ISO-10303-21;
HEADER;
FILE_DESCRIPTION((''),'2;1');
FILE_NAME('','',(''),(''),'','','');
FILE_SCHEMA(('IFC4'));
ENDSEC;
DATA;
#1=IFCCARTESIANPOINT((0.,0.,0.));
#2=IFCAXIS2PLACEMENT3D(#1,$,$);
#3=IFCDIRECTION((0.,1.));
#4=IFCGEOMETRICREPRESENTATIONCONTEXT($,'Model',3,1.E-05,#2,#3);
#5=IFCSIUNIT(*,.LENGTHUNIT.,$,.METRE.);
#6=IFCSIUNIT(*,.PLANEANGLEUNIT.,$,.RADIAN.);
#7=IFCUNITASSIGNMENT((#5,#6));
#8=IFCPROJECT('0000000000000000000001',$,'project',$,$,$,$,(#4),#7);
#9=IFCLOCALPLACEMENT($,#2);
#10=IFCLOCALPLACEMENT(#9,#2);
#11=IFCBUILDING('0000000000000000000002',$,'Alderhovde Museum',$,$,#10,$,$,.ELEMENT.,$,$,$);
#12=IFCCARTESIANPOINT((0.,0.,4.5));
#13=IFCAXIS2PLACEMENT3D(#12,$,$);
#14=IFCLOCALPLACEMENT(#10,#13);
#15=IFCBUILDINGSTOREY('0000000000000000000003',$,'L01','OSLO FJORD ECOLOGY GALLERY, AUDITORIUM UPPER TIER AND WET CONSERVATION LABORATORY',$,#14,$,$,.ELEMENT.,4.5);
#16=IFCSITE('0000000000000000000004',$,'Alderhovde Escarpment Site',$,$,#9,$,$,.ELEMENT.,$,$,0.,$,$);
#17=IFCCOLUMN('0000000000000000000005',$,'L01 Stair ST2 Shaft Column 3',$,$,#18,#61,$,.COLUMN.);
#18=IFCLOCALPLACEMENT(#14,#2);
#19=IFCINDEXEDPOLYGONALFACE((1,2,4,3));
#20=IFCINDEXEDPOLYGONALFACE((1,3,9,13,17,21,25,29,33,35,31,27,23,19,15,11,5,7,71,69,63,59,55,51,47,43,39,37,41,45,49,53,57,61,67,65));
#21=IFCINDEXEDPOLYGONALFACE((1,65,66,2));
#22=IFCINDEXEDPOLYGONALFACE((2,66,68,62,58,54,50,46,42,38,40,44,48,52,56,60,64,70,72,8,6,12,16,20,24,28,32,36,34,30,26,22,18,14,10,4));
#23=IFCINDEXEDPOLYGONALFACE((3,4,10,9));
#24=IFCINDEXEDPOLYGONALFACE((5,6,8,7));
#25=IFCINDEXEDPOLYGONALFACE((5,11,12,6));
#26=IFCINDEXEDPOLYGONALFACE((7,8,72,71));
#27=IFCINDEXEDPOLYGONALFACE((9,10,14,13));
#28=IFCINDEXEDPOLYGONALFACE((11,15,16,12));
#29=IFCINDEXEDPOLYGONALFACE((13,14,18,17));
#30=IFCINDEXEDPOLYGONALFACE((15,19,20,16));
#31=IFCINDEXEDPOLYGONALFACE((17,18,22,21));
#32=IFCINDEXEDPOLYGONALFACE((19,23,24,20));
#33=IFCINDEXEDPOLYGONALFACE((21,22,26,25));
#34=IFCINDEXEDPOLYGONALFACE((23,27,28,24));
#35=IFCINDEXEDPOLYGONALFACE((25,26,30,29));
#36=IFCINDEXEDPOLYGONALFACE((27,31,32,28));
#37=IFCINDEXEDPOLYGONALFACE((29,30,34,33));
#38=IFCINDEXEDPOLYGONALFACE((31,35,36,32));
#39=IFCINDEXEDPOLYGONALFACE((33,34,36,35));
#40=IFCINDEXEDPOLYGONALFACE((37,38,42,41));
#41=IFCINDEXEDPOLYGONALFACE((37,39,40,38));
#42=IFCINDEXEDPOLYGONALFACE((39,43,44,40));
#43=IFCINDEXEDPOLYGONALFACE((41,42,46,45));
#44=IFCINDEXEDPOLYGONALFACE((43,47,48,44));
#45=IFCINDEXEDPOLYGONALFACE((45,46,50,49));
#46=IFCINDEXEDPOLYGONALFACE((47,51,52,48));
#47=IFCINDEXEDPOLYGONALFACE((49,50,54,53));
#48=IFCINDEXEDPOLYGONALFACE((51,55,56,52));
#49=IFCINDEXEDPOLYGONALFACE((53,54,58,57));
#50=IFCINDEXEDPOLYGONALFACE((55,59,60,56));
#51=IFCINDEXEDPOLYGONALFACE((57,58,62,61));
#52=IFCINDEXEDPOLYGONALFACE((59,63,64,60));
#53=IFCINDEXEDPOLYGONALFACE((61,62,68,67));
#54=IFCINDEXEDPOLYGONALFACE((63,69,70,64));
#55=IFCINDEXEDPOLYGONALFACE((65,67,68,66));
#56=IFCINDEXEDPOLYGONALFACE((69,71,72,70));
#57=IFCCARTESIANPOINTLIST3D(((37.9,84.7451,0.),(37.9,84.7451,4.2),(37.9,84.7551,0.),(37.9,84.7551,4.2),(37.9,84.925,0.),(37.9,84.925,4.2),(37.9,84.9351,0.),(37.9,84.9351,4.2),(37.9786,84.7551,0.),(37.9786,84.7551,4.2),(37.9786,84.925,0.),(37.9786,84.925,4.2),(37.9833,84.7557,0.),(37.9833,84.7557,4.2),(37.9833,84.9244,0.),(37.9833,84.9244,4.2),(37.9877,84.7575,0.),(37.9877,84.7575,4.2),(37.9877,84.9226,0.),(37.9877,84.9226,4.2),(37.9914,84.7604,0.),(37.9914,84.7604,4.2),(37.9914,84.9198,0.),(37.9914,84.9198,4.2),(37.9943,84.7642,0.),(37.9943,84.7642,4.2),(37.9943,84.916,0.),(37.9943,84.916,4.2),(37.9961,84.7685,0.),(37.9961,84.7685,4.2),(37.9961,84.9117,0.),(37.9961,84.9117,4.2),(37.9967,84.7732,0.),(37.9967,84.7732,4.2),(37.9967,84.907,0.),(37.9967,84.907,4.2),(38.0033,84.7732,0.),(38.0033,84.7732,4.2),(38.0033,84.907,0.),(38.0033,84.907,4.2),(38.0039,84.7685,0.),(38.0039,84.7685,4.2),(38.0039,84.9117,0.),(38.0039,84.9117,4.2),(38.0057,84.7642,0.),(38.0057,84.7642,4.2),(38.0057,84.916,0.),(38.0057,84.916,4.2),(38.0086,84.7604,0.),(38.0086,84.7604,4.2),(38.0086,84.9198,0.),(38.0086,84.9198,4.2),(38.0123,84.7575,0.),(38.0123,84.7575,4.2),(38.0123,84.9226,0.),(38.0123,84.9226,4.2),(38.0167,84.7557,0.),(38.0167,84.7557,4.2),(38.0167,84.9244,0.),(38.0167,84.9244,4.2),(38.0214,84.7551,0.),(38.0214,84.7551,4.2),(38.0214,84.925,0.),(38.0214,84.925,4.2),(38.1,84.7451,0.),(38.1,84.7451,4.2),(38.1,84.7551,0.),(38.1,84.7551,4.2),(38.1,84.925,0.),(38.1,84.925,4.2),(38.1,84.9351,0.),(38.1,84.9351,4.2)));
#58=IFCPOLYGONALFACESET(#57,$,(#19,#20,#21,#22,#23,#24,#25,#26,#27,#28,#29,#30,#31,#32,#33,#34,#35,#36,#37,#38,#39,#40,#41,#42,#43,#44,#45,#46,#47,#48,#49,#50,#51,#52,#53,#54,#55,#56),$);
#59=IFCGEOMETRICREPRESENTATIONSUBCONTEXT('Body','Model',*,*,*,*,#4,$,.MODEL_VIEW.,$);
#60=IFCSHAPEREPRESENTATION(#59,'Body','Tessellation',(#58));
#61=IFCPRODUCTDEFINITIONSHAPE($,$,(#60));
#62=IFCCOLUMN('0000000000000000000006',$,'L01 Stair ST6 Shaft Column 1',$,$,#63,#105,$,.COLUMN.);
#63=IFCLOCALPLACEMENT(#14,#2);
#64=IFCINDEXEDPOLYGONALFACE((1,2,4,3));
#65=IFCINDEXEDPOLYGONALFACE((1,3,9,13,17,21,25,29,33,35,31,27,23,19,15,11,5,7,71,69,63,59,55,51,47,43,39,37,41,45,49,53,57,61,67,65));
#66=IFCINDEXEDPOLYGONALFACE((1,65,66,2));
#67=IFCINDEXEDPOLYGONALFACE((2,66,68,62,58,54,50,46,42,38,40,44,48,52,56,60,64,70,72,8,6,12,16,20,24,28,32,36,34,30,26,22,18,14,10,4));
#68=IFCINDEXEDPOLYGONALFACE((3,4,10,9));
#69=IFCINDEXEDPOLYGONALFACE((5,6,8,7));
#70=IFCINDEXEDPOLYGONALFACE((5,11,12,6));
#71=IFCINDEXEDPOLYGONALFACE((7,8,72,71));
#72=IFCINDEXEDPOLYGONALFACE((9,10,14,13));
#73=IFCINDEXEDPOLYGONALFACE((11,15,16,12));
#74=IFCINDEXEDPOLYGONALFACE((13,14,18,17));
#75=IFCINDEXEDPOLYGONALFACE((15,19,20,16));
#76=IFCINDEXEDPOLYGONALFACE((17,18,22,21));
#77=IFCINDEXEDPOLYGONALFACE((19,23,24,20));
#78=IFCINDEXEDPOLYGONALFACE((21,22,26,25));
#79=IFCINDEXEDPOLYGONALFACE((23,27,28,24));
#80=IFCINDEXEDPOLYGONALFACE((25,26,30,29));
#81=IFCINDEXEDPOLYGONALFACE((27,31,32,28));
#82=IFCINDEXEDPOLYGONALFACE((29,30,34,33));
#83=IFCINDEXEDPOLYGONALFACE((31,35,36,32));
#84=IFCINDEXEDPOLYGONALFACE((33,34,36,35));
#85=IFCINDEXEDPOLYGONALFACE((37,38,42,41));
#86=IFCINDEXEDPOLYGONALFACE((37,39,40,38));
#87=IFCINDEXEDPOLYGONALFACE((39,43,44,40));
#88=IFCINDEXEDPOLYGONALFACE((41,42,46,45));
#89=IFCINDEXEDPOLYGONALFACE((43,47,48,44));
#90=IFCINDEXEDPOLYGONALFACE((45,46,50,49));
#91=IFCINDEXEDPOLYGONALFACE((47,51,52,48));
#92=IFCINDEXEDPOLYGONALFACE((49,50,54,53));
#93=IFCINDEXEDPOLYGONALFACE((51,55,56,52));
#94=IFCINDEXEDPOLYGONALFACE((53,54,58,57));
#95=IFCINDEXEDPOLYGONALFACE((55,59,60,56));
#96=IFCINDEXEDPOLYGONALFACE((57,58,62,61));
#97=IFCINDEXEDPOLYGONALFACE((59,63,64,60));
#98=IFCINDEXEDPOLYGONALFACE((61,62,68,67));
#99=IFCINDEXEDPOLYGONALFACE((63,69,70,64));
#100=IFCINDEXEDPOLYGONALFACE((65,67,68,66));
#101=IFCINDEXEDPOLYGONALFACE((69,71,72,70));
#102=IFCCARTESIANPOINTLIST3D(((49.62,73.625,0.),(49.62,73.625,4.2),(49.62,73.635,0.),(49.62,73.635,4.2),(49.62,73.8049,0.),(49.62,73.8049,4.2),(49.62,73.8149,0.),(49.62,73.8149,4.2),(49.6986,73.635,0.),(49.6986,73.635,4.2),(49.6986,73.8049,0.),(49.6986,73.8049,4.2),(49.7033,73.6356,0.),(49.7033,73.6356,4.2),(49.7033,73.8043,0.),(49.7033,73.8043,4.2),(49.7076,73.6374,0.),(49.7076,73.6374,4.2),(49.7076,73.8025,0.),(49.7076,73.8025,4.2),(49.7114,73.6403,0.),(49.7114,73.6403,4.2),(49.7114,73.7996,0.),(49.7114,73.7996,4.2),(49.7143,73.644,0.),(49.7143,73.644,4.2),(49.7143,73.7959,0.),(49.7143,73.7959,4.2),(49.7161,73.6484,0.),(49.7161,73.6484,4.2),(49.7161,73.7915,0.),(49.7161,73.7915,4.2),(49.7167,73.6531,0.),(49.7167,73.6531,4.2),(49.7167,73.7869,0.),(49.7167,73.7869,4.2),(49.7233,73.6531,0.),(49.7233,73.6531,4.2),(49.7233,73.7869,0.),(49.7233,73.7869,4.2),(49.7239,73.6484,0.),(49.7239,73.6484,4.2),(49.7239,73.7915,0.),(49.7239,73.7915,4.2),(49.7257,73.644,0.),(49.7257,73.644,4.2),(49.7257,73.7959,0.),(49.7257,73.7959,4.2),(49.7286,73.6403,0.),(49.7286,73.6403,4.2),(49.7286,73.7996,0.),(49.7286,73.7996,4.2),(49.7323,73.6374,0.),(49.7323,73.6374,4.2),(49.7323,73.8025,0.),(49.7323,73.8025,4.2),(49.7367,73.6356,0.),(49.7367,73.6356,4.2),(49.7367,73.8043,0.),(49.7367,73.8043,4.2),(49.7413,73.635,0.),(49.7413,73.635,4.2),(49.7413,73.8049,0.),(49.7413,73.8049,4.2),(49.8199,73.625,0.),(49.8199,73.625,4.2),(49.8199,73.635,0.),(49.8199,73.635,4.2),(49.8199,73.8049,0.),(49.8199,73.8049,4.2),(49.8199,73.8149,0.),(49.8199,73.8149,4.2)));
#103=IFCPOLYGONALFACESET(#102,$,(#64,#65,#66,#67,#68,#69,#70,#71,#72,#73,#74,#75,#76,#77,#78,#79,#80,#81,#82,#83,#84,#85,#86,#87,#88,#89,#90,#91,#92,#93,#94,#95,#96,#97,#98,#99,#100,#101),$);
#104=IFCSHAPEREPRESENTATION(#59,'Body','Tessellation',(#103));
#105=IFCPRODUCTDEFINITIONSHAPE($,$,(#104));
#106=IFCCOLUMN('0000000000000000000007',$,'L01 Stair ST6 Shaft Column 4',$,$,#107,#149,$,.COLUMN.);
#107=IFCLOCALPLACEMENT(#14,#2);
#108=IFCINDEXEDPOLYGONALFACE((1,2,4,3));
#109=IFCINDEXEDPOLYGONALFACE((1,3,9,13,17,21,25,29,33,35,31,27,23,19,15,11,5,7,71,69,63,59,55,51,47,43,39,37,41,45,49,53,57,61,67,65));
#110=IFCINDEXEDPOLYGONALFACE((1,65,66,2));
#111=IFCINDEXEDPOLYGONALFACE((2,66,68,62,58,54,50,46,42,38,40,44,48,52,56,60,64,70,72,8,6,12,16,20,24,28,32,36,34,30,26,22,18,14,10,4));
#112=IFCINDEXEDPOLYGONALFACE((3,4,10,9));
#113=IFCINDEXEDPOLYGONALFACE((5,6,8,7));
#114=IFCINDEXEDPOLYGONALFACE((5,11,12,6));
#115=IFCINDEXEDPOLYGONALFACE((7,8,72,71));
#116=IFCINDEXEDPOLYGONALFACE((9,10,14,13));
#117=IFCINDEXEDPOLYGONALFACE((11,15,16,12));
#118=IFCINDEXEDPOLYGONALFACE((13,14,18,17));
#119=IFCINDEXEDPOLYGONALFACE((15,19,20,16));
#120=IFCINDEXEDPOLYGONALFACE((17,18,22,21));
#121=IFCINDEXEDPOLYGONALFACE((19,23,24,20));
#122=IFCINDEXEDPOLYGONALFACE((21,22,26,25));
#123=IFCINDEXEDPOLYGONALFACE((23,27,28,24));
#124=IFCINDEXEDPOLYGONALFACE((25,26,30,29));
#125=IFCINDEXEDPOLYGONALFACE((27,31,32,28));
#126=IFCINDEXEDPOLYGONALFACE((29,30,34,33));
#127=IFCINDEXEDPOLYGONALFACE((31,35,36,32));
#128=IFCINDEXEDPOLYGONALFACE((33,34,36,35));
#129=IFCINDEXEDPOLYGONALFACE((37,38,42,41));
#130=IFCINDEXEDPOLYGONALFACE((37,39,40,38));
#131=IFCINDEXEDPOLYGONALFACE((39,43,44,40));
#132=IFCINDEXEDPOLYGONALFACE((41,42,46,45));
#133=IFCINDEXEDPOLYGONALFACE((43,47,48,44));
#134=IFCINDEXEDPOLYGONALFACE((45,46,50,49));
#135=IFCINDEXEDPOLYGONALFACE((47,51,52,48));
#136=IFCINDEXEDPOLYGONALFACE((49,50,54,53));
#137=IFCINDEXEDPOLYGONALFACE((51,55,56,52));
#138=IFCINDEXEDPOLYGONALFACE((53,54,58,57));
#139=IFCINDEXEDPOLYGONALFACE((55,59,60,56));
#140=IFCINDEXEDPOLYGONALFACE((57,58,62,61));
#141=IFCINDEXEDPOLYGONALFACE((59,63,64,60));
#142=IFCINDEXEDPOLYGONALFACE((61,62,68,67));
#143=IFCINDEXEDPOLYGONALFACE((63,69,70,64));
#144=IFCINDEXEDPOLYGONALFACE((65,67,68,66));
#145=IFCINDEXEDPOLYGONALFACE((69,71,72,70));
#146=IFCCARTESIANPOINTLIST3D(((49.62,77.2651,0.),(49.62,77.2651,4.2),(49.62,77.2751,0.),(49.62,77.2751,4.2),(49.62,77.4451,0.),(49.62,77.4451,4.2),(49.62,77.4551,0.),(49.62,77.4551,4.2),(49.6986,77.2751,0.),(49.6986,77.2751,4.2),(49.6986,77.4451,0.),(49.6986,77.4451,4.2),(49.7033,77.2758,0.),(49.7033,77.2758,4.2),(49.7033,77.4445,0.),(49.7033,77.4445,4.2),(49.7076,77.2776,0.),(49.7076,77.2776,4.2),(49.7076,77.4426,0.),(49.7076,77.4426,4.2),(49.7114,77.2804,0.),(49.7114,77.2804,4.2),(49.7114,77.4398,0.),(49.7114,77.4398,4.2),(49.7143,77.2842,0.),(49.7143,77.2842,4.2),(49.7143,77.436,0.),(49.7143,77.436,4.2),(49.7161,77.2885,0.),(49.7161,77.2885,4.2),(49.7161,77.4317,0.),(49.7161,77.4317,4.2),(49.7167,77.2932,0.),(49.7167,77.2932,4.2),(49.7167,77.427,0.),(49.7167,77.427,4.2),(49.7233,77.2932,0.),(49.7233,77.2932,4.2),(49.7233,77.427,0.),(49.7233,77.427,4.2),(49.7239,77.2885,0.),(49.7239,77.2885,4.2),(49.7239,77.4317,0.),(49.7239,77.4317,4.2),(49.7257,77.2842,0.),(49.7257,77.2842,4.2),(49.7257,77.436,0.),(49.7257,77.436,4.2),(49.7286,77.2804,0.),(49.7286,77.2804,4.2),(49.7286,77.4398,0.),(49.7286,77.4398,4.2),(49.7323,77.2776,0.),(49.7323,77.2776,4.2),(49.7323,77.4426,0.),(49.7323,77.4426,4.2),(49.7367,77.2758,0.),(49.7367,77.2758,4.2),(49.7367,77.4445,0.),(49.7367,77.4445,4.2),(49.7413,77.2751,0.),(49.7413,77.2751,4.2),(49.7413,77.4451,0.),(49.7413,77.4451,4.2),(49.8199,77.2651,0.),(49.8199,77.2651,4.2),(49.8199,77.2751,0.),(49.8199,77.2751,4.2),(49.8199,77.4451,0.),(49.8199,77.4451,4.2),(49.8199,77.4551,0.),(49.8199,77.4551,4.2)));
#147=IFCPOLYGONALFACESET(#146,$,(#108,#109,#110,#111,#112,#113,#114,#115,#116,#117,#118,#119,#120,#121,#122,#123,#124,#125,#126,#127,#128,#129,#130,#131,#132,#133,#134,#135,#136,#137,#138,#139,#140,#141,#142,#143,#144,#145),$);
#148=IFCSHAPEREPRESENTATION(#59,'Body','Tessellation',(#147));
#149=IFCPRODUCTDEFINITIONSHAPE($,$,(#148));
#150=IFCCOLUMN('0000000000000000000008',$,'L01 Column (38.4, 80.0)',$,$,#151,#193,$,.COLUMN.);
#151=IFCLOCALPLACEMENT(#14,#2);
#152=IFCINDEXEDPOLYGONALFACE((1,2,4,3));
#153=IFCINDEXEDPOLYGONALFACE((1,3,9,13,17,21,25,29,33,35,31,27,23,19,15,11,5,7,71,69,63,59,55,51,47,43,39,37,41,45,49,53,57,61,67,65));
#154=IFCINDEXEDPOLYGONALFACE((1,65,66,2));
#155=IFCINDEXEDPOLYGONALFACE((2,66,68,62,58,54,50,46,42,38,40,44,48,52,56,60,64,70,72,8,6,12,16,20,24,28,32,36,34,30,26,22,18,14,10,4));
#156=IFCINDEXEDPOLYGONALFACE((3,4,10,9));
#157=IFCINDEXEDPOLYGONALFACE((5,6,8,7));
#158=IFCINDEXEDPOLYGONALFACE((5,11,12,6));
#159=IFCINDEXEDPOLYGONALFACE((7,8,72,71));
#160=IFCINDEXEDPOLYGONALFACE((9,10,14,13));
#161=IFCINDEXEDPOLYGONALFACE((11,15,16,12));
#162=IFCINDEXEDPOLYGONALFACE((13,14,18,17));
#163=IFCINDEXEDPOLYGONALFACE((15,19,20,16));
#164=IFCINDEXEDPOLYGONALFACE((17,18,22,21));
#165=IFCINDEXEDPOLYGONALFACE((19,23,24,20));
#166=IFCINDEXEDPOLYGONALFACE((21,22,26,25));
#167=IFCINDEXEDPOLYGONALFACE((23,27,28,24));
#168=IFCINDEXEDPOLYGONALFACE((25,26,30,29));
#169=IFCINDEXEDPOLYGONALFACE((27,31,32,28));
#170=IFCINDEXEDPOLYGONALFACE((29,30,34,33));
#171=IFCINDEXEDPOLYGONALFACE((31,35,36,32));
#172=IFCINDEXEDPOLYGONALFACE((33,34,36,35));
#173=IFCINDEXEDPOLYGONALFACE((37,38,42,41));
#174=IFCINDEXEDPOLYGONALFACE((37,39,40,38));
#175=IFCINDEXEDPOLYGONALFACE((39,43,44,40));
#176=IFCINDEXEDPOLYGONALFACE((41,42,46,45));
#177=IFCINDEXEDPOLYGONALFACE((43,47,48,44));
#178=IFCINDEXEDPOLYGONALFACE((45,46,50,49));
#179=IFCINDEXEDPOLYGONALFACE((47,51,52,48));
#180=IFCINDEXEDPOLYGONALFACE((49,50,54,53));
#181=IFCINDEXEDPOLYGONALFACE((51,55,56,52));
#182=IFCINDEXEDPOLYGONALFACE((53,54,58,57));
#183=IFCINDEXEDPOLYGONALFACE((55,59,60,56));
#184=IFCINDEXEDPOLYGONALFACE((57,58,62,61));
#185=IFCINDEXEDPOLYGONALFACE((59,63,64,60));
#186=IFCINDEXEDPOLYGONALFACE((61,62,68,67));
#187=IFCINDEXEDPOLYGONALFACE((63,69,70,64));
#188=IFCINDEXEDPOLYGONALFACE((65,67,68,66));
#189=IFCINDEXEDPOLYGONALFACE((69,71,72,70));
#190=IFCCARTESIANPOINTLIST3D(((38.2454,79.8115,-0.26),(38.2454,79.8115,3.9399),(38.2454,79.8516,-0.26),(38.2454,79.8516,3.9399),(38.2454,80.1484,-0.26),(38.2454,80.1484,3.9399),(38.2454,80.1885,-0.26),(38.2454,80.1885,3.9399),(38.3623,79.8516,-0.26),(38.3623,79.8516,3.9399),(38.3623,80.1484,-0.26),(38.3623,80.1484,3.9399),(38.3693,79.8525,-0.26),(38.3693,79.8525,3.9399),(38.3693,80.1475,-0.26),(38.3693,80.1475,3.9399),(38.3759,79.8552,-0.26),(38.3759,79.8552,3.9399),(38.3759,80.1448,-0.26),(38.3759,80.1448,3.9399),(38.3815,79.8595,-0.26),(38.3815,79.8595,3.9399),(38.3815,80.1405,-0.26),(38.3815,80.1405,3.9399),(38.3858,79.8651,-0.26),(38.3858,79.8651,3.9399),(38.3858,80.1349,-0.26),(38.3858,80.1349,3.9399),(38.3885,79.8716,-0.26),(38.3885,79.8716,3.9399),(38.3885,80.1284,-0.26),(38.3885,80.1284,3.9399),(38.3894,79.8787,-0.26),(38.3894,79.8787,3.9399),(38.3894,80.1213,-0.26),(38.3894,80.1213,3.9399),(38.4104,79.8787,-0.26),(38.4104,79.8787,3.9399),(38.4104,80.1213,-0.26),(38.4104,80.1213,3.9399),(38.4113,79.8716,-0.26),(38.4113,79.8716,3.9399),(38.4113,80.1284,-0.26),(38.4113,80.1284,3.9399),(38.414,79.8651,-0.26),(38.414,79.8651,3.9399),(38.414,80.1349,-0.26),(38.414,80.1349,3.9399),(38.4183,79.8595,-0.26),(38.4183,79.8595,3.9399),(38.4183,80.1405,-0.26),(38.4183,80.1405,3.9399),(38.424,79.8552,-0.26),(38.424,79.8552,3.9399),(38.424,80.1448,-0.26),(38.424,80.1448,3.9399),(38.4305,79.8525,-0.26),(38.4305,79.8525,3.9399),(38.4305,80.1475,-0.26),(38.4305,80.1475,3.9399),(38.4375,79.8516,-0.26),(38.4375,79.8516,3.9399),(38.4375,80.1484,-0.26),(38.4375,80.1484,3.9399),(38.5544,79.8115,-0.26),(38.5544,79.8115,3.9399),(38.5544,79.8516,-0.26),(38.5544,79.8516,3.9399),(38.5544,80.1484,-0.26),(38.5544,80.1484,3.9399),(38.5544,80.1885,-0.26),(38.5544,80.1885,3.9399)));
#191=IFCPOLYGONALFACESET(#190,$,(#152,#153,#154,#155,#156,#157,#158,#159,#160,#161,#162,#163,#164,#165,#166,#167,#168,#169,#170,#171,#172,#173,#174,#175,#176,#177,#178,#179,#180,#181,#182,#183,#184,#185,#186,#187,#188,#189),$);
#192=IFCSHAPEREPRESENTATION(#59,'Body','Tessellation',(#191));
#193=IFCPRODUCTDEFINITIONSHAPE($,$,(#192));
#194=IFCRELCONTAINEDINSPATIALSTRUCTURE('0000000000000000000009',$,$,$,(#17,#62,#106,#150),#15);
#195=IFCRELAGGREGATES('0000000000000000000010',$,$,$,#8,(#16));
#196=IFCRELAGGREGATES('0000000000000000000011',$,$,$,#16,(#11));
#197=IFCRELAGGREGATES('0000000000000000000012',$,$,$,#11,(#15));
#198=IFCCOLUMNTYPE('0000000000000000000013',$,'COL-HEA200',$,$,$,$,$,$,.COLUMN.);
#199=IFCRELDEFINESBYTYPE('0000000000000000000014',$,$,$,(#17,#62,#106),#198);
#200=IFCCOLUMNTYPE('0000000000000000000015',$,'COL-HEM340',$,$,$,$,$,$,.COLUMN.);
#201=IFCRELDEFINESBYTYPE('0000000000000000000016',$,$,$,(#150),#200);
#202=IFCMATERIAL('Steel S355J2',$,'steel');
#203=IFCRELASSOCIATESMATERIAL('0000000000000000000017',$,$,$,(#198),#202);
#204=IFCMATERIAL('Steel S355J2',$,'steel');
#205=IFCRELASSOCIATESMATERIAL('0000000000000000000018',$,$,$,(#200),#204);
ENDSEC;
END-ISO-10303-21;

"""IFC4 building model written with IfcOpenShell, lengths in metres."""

from ifc_helpers import new_model, si_unit, direction, frame, origin, origin_2d, place, context, subcontext, project, spatial, i_section, extrude, material, material_profile, profile_set, type_object, element, save


model = new_model("IFC4")

# Units and contexts
model_context = context("Model", 3, precision=1e-05, world=origin(), true_north=direction((0.0, 1.0)))
body_context = subcontext(model_context, "Body", "Model", "MODEL_VIEW")
ifc_project = project(units=[si_unit("LENGTHUNIT", "METRE"), si_unit("PLANEANGLEUNIT", "RADIAN")], contexts=[model_context])

# Site, building, storey
site_placement = place(None, origin())
site = spatial("IfcSite", under=ifc_project, at=site_placement, Name="Alderhovde Escarpment Site", CompositionType="ELEMENT", RefElevation=0.0)
building_placement = place(site_placement, origin())
building = spatial("IfcBuilding", under=site, at=building_placement, Name="Alderhovde Museum", CompositionType="ELEMENT")
storey_placement = place(building_placement, frame((0.0, 0.0, 4.5)))
storey = spatial("IfcBuildingStorey", under=building, at=storey_placement, Name="L01", Description="OSLO FJORD ECOLOGY GALLERY, AUDITORIUM UPPER TIER AND WET CONSERVATION LABORATORY", CompositionType="ELEMENT", Elevation=4.5)

# Columns
ifc_material_1 = material(Name="Steel S355J2", Category="steel")
ifc_material_profile_1 = material_profile(ifc_material_1, i_section(OverallWidth=0.2, OverallDepth=0.1899, WebThickness=0.0066, FlangeThickness=0.01, FilletRadius=0.0181, at=origin_2d()), Name="HEA 200")
ifc_profile_set_1 = profile_set([ifc_material_profile_1], Name="Steel S355J2")
column_type_1 = type_object("IfcColumnType", Name="COL-HEA200", PredefinedType="COLUMN", material=ifc_profile_set_1)
for number, where, z_axis, x_axis, name in (
    (1, (38.0, 84.8401, 0.0), (0.0, 0.0, 1.0), (1.0, 0.0, 0.0), "L01 Stair ST2 Shaft Column 3"),
    (2, (49.72, 73.72, 0.0), (0.0, 0.0, 1.0), (1.0, 0.0, 0.0), "L01 Stair ST6 Shaft Column 1"),
    (3, (49.72, 77.3601, 0.0), (0.0, 0.0, 1.0), (1.0, 0.0, 0.0), "L01 Stair ST6 Shaft Column 4"),
):
    element("IfcColumn", number, at=place(storey_placement, frame(where, z_axis=z_axis, x_axis=x_axis)), inside=storey, type_object=column_type_1, Name=name, PredefinedType="COLUMN", context=body_context, shape_type="SweptSolid", body=[
        extrude(i_section(OverallWidth=0.2, OverallDepth=0.1899, WebThickness=0.0066, FlangeThickness=0.01, FilletRadius=0.0181, at=origin_2d()), origin(), (0.0, 0.0, 1.0), 4.2),
    ])
ifc_material_2 = material(Name="Steel S355J2", Category="steel")
ifc_material_profile_2 = material_profile(ifc_material_2, i_section(OverallWidth=0.3091, OverallDepth=0.377, WebThickness=0.021, FlangeThickness=0.04, FilletRadius=0.0271, at=origin_2d()), Name="HEM 340")
ifc_profile_set_2 = profile_set([ifc_material_profile_2], Name="Steel S355J2")
column_type_2 = type_object("IfcColumnType", Name="COL-HEM340", PredefinedType="COLUMN", material=ifc_profile_set_2)
for number, where, z_axis, x_axis, name in (
    (4, (38.3999, 80.0, -0.26), (0.0, 0.0, 1.0), (1.0, 0.0, 0.0), "L01 Column (38.4, 80.0)"),
):
    element("IfcColumn", number, at=place(storey_placement, frame(where, z_axis=z_axis, x_axis=x_axis)), inside=storey, type_object=column_type_2, Name=name, PredefinedType="COLUMN", context=body_context, shape_type="SweptSolid", body=[
        extrude(i_section(OverallWidth=0.3091, OverallDepth=0.377, WebThickness=0.021, FlangeThickness=0.04, FilletRadius=0.0271, at=origin_2d()), origin(), (0.0, 0.0, 1.0), 4.2),
    ])

save(model, "model.ifc")
